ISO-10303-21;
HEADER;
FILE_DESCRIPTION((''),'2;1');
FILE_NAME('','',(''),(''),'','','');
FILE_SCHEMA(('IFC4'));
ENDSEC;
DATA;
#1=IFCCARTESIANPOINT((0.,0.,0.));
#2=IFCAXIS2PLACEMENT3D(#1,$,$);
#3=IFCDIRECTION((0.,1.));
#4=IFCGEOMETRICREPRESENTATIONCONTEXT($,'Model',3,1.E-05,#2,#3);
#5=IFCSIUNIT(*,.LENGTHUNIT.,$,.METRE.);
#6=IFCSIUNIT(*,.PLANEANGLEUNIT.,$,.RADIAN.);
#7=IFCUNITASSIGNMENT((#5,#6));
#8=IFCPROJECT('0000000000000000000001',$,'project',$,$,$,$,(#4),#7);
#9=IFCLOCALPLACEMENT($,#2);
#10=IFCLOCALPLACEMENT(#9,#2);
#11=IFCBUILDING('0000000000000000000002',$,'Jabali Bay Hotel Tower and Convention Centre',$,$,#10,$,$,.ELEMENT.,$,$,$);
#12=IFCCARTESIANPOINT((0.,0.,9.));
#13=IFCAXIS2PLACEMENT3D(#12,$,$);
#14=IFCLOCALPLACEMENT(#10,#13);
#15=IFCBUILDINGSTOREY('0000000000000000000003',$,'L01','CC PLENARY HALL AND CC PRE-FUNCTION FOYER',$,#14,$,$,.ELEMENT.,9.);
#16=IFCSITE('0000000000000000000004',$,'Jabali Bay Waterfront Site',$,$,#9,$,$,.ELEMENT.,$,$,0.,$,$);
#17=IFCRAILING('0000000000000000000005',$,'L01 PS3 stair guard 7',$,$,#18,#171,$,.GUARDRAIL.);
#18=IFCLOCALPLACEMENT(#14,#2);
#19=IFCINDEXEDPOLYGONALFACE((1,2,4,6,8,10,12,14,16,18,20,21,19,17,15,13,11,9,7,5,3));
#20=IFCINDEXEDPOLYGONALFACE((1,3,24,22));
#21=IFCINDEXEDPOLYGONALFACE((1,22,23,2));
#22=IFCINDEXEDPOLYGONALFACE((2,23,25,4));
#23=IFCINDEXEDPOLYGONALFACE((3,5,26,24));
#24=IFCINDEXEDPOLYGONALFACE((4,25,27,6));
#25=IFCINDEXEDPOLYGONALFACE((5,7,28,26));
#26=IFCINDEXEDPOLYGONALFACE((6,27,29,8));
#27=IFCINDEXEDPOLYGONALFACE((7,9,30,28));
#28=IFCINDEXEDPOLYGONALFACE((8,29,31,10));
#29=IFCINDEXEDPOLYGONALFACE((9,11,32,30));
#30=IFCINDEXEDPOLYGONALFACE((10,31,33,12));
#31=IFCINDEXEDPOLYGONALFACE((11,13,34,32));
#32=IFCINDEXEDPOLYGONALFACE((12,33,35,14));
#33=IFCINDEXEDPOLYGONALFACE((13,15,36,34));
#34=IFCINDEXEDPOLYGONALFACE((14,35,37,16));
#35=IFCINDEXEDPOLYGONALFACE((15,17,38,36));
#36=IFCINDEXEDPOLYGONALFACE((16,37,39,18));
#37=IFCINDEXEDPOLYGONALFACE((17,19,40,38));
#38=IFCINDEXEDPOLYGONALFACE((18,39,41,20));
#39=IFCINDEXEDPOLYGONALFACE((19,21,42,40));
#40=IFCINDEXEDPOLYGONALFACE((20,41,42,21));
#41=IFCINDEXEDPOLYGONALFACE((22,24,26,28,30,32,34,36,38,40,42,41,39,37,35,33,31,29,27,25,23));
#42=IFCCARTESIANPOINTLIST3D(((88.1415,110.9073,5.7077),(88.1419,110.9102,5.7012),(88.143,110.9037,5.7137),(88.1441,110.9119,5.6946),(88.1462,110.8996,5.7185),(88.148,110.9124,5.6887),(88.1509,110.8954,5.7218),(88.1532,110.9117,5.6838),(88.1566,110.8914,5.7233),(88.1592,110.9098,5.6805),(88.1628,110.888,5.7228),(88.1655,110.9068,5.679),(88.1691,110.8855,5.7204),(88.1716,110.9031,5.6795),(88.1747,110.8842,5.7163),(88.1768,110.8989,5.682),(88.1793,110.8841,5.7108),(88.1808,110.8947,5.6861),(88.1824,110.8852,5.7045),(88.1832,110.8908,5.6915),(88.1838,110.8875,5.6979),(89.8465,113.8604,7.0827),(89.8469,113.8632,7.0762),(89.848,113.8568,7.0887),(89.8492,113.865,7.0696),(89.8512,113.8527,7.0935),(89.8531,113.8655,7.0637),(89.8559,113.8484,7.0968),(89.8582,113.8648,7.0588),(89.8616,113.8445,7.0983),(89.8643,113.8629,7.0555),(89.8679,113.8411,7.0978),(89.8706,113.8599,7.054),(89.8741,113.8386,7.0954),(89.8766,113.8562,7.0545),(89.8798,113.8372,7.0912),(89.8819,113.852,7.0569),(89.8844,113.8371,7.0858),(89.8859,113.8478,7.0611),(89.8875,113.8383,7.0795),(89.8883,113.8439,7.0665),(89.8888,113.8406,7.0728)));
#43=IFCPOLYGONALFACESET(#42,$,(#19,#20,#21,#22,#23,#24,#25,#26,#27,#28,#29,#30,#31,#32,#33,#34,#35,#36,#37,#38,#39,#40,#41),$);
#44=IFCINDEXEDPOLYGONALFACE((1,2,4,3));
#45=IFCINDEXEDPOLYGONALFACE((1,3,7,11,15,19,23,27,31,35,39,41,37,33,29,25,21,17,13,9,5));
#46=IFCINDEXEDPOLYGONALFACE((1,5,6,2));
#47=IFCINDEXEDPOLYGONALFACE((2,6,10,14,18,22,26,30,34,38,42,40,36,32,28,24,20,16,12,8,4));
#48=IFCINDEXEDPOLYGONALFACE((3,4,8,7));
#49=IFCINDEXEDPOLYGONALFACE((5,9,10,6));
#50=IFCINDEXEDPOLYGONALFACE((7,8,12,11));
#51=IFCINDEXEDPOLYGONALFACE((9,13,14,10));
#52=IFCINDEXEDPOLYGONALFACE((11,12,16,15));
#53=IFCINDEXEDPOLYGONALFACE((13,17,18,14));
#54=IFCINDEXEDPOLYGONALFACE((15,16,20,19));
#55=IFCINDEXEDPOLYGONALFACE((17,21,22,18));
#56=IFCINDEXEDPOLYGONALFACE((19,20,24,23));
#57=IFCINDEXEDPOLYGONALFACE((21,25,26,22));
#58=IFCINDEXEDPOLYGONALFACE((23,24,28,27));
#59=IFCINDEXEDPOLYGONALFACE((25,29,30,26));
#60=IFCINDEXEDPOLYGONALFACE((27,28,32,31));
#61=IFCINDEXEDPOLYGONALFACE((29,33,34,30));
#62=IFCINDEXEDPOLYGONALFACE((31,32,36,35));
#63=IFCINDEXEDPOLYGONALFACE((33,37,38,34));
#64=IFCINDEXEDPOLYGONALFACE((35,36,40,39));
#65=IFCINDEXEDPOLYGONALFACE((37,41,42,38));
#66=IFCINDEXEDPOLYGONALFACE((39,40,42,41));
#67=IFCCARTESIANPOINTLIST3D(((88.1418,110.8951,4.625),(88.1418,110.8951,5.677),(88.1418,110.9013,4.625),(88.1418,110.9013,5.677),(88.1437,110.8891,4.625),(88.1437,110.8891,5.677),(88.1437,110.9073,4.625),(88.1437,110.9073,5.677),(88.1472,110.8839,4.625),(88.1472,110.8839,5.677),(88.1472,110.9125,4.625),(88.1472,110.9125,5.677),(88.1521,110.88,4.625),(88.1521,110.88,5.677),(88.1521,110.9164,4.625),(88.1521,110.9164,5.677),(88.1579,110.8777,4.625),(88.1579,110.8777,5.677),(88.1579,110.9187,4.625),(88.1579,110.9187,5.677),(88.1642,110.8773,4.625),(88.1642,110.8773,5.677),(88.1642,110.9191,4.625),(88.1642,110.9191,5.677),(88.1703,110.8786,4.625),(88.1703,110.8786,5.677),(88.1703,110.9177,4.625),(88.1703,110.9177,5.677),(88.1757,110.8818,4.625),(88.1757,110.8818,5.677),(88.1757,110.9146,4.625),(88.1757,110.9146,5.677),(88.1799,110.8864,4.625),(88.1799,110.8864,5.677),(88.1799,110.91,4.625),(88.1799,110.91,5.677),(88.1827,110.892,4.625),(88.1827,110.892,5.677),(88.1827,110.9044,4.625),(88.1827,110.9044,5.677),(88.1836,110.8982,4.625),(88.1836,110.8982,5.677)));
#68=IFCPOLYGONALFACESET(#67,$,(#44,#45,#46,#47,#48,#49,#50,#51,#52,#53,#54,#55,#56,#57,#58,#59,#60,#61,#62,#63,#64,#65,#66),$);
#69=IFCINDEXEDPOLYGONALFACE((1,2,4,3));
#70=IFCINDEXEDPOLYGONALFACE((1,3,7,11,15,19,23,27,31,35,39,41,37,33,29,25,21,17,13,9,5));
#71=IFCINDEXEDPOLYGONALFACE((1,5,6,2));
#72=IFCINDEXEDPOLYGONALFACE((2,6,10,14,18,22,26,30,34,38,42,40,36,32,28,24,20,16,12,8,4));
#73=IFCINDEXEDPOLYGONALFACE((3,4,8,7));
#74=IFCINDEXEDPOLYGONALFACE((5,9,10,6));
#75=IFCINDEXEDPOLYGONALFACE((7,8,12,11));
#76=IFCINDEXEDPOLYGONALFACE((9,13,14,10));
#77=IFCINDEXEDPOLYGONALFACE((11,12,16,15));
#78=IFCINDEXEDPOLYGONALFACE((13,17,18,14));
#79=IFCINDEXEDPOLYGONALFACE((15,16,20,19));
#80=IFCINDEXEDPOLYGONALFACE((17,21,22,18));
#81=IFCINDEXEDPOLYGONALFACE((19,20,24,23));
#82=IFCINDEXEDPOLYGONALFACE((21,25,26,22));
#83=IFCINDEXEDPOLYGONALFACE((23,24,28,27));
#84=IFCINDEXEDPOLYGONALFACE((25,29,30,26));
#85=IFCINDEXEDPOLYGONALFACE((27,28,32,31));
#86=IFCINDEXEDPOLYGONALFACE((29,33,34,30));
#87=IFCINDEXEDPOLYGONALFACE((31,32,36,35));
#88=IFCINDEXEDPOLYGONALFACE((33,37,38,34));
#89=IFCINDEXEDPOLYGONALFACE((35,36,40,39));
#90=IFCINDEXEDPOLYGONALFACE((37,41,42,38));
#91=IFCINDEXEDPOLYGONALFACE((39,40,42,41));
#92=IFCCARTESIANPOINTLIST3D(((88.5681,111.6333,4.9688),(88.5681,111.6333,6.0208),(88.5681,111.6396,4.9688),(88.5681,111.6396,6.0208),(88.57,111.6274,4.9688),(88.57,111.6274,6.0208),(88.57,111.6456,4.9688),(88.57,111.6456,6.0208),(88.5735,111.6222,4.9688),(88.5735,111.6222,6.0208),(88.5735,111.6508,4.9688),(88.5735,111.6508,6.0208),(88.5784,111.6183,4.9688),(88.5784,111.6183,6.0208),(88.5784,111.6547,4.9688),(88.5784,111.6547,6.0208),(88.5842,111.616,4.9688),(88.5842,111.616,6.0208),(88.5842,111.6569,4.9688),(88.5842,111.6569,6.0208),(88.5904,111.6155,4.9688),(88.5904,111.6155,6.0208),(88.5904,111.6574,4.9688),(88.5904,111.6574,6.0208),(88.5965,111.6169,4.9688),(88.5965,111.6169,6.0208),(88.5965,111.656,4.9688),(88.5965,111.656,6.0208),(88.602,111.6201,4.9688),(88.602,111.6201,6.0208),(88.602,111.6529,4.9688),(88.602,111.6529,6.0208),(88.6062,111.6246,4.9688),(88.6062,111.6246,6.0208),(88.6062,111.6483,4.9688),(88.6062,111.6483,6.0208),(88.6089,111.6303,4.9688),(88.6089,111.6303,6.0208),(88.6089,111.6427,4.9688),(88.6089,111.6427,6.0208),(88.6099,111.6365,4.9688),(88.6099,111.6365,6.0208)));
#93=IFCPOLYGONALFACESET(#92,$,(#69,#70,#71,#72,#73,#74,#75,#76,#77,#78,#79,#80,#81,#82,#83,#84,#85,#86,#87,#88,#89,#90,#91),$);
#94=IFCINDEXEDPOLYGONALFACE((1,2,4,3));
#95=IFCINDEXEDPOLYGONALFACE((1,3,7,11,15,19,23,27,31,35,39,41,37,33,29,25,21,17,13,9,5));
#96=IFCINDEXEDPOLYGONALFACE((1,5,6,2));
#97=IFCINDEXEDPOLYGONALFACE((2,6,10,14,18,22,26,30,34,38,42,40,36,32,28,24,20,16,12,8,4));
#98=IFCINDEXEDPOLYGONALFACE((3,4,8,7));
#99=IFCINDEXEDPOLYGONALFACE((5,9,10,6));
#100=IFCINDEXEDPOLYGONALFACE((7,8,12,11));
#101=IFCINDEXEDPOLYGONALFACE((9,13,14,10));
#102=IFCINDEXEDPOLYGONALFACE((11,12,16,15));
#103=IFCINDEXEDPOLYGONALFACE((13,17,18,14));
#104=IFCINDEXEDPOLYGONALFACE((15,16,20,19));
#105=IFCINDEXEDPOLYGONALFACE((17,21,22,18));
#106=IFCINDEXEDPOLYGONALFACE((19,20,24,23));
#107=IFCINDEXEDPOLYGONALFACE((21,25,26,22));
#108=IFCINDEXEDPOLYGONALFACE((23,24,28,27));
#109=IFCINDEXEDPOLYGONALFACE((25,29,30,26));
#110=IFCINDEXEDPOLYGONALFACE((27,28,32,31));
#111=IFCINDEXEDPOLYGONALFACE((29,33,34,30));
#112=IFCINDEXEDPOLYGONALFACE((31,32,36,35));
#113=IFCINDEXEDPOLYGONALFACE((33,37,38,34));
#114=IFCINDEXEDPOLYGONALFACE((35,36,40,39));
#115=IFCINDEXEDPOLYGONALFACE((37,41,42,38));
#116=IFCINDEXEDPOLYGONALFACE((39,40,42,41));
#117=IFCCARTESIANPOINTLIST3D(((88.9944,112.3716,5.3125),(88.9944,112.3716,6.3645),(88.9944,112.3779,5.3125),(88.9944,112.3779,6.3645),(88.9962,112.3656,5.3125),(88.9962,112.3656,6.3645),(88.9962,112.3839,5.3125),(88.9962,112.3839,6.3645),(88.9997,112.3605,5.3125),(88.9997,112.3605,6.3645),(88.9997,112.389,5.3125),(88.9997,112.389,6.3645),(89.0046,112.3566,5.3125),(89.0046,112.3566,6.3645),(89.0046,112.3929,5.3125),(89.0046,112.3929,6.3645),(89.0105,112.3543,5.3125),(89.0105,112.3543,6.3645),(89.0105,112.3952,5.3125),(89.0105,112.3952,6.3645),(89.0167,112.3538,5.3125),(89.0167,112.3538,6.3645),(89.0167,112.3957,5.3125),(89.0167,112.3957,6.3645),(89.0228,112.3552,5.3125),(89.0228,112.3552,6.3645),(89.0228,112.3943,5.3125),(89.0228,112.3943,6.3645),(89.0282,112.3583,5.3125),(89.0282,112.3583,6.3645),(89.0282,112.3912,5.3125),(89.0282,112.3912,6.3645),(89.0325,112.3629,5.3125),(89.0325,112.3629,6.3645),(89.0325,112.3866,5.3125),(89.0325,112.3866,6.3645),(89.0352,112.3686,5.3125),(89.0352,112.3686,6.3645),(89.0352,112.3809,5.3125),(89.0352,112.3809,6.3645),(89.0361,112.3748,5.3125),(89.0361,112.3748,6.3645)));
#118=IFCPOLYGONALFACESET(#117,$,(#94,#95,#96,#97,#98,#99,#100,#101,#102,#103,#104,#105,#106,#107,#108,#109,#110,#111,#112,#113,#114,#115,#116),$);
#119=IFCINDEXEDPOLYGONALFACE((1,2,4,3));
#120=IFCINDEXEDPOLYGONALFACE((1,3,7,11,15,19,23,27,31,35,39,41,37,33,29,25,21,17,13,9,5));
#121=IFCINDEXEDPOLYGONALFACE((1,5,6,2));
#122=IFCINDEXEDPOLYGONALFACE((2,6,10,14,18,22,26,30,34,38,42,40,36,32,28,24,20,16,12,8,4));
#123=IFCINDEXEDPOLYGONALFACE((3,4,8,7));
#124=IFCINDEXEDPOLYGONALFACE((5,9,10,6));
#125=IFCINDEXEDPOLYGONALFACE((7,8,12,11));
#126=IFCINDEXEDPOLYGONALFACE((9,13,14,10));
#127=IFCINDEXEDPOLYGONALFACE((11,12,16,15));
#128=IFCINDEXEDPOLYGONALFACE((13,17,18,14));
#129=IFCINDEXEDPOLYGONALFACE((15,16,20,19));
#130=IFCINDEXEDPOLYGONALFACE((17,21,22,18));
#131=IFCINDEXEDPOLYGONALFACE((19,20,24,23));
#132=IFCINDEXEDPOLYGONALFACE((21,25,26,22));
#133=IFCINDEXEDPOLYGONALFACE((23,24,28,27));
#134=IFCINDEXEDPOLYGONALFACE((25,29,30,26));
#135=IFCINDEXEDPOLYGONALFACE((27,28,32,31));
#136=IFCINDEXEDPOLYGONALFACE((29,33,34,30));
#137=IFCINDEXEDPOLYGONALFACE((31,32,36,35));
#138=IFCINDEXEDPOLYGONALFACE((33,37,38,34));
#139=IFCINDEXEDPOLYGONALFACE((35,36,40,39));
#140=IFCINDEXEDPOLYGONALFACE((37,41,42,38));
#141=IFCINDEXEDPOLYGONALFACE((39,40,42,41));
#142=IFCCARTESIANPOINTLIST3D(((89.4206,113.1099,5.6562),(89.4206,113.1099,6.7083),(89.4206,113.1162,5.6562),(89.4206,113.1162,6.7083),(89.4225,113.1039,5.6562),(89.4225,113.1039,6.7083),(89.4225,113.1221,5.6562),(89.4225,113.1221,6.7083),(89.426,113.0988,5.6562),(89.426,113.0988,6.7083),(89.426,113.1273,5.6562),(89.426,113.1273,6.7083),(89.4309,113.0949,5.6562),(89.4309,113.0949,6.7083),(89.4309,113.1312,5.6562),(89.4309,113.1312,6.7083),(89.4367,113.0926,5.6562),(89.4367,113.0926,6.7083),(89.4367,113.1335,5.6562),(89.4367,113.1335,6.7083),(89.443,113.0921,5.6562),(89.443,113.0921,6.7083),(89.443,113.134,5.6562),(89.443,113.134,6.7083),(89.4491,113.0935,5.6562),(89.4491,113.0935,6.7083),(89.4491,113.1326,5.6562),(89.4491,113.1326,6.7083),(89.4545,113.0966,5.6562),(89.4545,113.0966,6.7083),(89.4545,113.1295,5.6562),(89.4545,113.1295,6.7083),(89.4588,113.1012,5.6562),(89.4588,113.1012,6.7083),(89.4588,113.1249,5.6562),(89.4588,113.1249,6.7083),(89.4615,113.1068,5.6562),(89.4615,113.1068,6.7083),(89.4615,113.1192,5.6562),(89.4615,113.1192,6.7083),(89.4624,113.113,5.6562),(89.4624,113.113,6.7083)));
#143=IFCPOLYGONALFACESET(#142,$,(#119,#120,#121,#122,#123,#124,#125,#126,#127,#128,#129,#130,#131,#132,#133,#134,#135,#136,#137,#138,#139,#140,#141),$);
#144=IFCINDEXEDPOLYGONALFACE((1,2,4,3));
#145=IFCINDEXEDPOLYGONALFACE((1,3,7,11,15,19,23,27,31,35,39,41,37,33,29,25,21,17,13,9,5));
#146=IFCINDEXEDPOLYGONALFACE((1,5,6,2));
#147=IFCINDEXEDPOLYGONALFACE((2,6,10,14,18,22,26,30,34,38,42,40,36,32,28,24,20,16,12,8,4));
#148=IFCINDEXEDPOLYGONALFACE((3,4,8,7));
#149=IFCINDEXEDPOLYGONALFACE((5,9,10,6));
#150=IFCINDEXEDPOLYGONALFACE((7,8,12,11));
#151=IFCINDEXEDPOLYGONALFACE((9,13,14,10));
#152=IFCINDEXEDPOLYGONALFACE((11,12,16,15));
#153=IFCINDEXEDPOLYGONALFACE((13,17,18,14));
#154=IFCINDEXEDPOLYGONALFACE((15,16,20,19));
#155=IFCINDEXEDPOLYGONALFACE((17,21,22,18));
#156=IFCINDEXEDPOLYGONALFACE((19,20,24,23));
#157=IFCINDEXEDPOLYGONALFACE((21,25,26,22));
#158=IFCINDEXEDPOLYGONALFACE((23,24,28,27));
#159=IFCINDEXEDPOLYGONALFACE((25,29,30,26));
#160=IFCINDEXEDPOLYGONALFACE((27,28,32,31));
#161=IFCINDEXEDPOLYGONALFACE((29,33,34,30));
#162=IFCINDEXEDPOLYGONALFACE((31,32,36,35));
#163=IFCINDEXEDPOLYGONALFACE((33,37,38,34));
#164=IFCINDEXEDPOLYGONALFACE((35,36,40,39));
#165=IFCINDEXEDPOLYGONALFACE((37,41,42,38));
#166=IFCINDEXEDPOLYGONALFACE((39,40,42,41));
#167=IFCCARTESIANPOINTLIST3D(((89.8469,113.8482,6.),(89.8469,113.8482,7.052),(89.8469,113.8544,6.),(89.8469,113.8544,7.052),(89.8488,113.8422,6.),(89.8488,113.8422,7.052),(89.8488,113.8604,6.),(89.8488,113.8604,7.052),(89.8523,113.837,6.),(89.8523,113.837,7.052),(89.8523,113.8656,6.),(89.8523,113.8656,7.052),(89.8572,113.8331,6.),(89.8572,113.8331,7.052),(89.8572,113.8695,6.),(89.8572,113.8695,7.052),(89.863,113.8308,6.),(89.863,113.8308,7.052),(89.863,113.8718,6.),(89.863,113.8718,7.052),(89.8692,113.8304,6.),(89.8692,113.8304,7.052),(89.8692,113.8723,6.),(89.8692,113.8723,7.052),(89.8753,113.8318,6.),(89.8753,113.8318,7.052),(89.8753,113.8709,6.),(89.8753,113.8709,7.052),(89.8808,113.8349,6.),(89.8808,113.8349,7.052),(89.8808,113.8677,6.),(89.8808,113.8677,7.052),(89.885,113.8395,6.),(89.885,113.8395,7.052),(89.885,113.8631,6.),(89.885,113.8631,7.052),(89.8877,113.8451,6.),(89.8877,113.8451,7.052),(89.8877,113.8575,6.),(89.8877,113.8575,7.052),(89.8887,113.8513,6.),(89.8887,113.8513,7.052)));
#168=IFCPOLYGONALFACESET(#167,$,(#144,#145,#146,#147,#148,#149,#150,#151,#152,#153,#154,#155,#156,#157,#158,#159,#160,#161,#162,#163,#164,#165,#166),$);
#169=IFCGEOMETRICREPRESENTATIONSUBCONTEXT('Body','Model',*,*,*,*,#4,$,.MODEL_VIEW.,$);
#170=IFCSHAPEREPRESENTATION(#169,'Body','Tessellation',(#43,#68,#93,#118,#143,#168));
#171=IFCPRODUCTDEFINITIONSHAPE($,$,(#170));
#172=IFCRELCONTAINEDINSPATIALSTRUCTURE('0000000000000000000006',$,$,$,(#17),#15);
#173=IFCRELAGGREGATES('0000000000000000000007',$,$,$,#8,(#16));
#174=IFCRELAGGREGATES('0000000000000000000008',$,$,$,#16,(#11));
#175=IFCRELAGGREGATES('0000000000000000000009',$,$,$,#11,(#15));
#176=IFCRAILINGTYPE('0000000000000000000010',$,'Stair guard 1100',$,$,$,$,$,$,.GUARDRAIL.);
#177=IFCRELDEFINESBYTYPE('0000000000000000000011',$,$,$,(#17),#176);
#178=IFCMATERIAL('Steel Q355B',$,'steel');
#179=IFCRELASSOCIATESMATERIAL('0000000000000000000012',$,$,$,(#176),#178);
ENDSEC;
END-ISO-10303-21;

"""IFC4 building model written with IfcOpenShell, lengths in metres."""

from ifc_helpers import new_model, si_unit, direction, frame, origin, origin_2d, place, context, subcontext, project, spatial, circle, extrude, material, type_object, element, save


model = new_model("IFC4")

# Units and contexts
model_context = context("Model", 3, precision=1e-05, world=origin(), true_north=direction((0.0, 1.0)))
body_context = subcontext(model_context, "Body", "Model", "MODEL_VIEW")
ifc_project = project(units=[si_unit("LENGTHUNIT", "METRE"), si_unit("PLANEANGLEUNIT", "RADIAN")], contexts=[model_context])

# Site, building, storey
site_placement = place(None, origin())
site = spatial("IfcSite", under=ifc_project, at=site_placement, Name="Jabali Bay Waterfront Site", CompositionType="ELEMENT", RefElevation=0.0)
building_placement = place(site_placement, origin())
building = spatial("IfcBuilding", under=site, at=building_placement, Name="Jabali Bay Hotel Tower and Convention Centre", CompositionType="ELEMENT")
storey_placement = place(building_placement, frame((0.0, 0.0, 9.0)))
storey = spatial("IfcBuildingStorey", under=building, at=storey_placement, Name="L01", Description="CC PLENARY HALL AND CC PRE-FUNCTION FOYER", CompositionType="ELEMENT", Elevation=9.0)

# Railing
ifc_material_1 = material(Name="Steel Q355B", Category="steel")
railing_type_1 = type_object("IfcRailingType", Name="Stair guard 1100", PredefinedType="GUARDRAIL", material=ifc_material_1)
railing_1_placement = place(storey_placement, frame((88.1626, 110.8982, 4.625)))
element("IfcRailing", 1, at=railing_1_placement, inside=storey, type_object=railing_type_1, Name="L01 PS3 stair guard 7", PredefinedType="GUARDRAIL", context=body_context, shape_type="SweptSolid", body=[
    extrude(circle(Radius=0.0239, at=origin_2d()), frame((0.0, 0.0, 1.0762), z_axis=(0.46374, 0.803178, 0.373966), x_axis=(-0.866014, 0.50002, 0.0)), (0.0, 0.0, 1.0), 3.6768),
    extrude(circle(Radius=0.021, at=origin_2d()), origin(), (0.0, 0.0, 1.0), 1.052),
    extrude(circle(Radius=0.021, at=origin_2d()), frame((0.4263, 0.7383, 0.3438)), (0.0, 0.0, 1.0), 1.052),
    extrude(circle(Radius=0.021, at=origin_2d()), frame((0.8525, 1.4766, 0.6875)), (0.0, 0.0, 1.0), 1.052),
    extrude(circle(Radius=0.021, at=origin_2d()), frame((1.2788, 2.2148, 1.0312)), (0.0, 0.0, 1.0), 1.052),
    extrude(circle(Radius=0.021, at=origin_2d()), frame((1.7051, 2.9531, 1.375)), (0.0, 0.0, 1.0), 1.052),
])

save(model, "model.ifc")
